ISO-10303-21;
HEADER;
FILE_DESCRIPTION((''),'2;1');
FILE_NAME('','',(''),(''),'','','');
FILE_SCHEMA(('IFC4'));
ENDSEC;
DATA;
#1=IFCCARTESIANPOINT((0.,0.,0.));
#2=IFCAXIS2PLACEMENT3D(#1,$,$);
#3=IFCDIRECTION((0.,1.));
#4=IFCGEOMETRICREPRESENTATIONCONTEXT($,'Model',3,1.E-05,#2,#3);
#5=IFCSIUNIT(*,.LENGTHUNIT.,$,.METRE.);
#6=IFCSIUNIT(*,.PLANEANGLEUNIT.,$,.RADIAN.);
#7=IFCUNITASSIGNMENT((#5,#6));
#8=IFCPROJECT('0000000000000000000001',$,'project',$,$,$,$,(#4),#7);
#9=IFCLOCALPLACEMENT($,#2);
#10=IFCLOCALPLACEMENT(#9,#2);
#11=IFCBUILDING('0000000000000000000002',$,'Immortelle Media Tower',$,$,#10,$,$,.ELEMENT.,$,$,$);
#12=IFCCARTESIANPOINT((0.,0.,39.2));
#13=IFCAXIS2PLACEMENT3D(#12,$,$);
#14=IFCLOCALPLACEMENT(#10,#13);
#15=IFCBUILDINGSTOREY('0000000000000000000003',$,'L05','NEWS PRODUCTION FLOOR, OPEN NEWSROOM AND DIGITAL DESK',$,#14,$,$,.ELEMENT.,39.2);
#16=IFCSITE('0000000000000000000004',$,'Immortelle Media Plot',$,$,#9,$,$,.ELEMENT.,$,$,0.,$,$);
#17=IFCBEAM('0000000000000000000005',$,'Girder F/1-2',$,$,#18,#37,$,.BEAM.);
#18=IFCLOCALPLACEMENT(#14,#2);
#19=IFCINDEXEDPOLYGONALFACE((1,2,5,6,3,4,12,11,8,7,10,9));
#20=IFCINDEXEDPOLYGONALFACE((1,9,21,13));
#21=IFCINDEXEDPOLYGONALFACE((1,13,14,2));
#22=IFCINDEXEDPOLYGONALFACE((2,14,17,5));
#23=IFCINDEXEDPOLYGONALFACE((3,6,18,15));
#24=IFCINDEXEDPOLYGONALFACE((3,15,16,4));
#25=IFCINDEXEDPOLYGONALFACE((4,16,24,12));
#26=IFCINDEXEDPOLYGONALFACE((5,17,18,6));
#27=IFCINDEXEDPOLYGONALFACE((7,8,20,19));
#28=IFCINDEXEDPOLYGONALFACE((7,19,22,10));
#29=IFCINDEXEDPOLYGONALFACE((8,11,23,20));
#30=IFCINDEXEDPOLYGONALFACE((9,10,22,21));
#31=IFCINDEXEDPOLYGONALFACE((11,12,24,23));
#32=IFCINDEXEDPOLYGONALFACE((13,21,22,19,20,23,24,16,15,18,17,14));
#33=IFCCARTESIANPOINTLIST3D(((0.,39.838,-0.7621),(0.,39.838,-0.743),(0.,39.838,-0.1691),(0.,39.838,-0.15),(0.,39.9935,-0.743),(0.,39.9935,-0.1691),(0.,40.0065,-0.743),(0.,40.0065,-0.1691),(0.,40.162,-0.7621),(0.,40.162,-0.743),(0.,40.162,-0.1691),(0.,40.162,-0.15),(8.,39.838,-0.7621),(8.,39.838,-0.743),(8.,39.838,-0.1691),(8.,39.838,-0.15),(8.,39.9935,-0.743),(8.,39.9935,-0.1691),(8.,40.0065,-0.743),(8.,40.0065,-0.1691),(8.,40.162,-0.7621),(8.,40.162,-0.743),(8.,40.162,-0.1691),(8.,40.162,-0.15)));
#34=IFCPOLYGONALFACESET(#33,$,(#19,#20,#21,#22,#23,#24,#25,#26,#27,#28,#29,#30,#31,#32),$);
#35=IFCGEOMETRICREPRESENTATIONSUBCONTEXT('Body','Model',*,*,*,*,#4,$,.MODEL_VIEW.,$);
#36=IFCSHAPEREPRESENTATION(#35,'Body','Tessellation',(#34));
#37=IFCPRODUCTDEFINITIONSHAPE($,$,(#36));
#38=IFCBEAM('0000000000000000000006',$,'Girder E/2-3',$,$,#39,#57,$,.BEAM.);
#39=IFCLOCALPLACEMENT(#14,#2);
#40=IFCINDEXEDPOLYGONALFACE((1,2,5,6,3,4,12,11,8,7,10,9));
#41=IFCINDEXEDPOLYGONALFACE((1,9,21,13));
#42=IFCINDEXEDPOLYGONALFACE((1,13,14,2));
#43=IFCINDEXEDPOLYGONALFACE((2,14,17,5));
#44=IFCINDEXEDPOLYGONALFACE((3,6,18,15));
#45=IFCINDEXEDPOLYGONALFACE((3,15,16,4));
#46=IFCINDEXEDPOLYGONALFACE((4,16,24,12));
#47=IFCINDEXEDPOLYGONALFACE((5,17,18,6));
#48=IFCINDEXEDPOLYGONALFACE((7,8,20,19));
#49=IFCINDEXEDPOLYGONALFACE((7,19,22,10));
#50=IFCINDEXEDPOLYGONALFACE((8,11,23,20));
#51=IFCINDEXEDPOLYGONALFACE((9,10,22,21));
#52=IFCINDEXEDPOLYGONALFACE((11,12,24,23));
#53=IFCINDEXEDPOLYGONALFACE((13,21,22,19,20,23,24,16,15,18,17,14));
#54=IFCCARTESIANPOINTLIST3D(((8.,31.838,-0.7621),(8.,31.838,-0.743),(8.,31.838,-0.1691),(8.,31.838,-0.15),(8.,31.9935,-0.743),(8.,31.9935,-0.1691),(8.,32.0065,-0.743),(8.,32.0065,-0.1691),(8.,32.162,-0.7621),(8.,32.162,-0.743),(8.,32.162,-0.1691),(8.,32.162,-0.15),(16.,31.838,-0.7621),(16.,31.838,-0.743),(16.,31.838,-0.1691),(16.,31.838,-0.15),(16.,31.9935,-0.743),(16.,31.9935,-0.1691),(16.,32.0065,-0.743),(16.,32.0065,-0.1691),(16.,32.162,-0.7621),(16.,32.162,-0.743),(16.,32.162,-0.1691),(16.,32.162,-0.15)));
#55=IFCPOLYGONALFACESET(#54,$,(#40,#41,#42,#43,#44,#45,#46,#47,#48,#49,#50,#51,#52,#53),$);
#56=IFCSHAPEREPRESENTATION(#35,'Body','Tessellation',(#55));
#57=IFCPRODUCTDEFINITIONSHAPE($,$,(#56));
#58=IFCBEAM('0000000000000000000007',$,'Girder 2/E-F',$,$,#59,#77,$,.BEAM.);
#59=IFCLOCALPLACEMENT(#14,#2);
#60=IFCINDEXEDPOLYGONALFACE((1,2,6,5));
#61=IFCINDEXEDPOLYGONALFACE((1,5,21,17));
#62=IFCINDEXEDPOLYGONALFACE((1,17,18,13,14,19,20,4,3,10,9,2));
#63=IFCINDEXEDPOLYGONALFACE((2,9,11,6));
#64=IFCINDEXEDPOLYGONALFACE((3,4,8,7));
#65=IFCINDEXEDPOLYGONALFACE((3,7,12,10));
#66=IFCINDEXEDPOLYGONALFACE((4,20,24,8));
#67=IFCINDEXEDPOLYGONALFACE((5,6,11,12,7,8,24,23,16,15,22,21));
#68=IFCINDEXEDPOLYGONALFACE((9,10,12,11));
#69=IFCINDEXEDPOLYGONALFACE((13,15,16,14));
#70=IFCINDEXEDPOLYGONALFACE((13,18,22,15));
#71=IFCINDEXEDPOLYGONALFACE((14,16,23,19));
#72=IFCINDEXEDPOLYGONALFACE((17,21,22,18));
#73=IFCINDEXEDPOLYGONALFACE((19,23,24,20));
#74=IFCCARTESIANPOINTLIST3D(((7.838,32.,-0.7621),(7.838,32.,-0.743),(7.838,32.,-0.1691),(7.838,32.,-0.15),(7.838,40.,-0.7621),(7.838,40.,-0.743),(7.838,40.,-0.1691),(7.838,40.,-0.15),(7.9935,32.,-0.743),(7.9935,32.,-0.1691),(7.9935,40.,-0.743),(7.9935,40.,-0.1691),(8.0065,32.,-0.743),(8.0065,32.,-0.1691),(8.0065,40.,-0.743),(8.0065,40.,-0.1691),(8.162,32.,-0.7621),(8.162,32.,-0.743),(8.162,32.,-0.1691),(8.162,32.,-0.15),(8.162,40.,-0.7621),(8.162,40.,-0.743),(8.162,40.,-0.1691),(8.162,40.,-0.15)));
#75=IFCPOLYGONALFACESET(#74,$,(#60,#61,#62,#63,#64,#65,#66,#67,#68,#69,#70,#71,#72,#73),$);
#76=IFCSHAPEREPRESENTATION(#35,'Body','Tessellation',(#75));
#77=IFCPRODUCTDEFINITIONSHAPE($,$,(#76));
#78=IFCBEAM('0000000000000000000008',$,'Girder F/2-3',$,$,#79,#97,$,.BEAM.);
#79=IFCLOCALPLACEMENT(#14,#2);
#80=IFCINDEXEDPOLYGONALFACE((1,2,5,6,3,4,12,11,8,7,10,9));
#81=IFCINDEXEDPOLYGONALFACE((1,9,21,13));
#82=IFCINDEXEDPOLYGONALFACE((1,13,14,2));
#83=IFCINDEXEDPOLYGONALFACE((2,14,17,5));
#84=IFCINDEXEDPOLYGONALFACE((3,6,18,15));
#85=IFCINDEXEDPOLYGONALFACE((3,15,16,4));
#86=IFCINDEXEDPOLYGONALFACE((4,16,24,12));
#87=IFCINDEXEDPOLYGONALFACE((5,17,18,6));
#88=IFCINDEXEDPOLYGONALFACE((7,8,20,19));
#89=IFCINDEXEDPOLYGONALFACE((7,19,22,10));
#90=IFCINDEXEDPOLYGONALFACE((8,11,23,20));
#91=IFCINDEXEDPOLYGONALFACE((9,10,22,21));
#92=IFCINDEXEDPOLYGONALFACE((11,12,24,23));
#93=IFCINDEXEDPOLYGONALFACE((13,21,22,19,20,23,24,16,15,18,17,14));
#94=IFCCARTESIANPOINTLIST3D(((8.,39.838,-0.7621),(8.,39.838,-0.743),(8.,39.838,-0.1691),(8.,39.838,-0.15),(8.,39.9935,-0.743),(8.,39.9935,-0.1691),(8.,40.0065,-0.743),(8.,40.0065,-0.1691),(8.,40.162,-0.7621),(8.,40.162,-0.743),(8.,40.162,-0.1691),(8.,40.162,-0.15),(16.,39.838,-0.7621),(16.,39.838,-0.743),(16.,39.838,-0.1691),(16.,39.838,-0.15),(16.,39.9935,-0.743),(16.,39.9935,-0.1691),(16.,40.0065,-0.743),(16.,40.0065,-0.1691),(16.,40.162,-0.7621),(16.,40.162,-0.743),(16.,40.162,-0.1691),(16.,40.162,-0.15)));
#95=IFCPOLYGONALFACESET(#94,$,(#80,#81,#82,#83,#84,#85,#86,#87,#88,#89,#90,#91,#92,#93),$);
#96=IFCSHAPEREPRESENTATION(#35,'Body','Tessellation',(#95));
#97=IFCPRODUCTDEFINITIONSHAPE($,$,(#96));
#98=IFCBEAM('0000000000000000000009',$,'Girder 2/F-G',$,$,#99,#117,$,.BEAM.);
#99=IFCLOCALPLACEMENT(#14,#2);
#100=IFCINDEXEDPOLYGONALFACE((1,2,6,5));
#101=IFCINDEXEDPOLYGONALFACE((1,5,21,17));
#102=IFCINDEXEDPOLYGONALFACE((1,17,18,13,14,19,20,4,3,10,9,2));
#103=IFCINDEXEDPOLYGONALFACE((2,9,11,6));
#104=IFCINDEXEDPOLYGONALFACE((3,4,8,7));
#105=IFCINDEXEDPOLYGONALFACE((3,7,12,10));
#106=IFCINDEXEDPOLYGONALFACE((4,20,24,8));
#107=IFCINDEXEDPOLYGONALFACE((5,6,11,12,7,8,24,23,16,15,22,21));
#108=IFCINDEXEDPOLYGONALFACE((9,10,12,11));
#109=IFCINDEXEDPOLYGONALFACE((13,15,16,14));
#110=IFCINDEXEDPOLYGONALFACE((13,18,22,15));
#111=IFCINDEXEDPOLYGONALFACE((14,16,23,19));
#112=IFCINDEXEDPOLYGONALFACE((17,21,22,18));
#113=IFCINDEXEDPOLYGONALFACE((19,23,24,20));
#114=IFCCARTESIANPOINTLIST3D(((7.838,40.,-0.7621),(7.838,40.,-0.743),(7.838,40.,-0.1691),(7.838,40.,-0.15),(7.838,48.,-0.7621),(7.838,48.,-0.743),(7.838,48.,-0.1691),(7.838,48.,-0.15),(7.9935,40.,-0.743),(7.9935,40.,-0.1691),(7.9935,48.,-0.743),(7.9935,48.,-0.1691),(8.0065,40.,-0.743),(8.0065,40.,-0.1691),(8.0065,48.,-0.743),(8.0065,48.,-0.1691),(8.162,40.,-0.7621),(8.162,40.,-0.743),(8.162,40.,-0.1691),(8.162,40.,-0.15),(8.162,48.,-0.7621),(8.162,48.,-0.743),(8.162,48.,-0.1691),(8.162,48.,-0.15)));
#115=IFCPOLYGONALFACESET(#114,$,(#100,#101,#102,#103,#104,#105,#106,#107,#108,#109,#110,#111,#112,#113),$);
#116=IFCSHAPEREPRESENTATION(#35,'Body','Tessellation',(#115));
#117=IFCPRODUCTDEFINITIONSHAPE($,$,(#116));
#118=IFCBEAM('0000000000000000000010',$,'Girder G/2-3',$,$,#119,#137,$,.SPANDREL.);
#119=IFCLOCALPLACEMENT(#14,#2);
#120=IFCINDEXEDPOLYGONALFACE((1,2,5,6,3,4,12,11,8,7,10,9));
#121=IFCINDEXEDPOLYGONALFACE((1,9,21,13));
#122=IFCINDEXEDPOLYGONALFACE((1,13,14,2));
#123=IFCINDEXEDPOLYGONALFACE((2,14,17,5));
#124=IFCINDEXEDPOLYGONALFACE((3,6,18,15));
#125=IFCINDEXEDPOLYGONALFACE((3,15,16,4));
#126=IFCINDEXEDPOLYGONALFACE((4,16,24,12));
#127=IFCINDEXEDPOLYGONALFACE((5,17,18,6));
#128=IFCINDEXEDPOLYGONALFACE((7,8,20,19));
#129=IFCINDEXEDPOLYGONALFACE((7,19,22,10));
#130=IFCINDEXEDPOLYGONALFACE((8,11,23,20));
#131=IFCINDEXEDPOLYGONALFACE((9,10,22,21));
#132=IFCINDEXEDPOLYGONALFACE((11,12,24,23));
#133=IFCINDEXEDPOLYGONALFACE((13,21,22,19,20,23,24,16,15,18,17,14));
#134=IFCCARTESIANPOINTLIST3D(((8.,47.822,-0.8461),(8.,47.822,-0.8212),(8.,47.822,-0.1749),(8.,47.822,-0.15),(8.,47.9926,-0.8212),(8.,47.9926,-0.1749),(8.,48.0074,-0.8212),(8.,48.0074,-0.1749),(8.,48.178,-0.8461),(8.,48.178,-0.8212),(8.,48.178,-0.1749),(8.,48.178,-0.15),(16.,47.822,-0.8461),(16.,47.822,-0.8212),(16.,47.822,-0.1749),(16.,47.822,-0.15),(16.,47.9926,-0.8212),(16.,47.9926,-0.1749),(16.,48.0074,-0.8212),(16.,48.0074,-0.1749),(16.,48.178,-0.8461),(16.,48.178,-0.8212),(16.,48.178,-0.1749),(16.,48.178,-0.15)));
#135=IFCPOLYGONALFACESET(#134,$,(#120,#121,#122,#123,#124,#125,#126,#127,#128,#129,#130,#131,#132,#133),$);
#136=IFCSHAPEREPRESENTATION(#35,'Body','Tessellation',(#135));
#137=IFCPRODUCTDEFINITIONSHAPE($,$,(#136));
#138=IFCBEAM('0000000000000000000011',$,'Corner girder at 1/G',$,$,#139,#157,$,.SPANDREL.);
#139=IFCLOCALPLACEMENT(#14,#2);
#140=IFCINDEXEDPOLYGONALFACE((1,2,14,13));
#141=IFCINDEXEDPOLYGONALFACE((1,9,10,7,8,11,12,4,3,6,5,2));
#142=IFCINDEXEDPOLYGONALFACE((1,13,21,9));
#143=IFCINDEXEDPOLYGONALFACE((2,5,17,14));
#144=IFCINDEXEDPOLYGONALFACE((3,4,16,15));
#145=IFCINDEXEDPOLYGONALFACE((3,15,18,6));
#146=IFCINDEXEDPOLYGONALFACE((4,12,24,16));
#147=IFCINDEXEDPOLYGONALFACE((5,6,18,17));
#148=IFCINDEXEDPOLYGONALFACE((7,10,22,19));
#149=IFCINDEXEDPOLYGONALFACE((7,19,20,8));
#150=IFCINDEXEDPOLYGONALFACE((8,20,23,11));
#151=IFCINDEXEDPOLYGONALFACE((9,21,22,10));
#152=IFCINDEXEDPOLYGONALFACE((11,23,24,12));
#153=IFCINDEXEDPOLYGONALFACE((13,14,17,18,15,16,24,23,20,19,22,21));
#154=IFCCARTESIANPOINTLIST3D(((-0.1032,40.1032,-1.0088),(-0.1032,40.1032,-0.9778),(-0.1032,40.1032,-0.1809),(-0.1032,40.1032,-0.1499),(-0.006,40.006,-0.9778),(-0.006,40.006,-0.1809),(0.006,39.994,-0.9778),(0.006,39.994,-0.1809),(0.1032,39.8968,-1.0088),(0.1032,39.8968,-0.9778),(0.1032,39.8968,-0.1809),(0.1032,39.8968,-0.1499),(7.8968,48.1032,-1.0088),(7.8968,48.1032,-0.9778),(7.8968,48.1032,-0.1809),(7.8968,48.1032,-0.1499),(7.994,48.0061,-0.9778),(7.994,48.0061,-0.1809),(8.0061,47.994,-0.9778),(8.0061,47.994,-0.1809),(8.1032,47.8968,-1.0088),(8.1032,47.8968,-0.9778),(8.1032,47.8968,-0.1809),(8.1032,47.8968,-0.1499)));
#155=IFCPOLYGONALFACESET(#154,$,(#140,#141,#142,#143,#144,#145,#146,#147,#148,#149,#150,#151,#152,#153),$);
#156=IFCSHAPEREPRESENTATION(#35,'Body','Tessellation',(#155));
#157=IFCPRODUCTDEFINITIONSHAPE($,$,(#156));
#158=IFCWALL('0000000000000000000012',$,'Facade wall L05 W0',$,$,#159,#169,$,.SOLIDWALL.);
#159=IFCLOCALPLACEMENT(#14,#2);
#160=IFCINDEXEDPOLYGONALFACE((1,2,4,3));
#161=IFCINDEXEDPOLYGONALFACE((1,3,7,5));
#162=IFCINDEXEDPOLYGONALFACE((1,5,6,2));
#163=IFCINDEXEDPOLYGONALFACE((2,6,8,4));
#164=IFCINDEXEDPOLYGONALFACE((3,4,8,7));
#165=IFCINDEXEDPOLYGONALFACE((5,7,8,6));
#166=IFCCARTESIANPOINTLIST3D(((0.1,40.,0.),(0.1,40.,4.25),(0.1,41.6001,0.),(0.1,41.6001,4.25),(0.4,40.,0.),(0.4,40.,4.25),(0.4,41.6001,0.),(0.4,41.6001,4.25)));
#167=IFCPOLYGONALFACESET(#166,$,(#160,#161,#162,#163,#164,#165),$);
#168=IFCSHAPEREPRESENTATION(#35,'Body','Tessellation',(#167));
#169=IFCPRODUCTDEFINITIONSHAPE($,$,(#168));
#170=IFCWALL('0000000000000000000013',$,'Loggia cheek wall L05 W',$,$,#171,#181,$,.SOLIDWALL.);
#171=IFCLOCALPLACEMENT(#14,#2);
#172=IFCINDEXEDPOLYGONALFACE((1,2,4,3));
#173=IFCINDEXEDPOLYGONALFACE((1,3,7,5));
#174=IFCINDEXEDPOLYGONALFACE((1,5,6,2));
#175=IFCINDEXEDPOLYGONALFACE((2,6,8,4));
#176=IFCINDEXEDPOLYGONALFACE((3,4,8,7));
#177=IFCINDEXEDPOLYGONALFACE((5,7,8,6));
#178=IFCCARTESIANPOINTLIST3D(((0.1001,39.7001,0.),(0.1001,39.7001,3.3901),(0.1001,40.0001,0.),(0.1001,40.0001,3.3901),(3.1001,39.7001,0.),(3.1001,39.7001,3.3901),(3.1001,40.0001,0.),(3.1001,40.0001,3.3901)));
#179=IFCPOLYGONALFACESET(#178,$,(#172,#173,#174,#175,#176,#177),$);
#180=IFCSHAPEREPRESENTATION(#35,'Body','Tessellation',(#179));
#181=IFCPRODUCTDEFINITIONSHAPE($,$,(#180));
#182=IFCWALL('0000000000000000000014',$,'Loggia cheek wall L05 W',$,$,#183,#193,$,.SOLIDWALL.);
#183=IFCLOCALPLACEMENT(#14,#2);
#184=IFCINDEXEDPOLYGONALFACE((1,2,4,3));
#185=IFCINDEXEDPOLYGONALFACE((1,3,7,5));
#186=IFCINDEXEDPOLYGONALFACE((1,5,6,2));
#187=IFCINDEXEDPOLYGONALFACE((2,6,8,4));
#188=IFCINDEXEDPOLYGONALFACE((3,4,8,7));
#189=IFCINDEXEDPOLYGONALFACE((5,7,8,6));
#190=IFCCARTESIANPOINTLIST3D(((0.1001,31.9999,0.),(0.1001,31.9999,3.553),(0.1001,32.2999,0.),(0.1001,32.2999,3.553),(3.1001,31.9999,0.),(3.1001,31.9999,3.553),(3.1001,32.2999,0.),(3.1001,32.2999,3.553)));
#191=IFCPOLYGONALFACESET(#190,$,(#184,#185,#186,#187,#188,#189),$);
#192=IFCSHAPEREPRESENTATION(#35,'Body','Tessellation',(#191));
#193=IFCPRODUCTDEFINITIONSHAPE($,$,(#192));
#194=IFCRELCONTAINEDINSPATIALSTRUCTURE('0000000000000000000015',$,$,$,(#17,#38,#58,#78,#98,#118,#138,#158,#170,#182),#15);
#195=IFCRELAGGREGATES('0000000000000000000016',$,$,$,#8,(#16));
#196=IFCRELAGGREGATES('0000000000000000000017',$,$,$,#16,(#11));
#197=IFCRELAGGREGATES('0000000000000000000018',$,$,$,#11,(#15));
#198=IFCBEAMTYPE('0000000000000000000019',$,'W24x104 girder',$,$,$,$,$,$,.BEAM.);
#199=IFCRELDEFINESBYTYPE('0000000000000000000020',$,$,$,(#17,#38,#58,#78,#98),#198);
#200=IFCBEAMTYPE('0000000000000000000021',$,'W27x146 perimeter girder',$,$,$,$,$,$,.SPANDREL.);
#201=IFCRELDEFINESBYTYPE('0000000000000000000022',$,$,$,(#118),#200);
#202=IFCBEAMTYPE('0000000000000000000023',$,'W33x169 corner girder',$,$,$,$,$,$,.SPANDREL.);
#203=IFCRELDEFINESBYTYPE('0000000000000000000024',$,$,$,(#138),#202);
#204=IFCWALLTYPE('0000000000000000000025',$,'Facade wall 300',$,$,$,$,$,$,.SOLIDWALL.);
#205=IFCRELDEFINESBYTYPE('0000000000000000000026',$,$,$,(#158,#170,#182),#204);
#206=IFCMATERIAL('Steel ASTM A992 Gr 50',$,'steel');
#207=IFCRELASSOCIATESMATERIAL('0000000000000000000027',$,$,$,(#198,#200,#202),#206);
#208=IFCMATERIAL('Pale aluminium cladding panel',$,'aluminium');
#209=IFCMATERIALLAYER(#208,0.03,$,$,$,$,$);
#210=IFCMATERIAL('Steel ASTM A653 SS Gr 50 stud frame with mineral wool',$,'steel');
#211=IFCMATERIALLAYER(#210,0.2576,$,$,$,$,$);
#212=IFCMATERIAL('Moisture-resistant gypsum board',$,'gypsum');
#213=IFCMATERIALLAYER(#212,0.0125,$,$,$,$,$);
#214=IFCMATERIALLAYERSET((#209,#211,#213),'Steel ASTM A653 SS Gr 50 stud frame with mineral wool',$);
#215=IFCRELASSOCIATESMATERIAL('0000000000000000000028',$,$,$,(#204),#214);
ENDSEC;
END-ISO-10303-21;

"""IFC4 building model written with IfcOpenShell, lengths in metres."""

from ifc_helpers import new_model, si_unit, direction, frame, frame_2d, origin, origin_2d, place, context, subcontext, project, spatial, rectangle, i_section, extrude, material, layer, layer_set, material_profile, profile_set, type_object, element, save


model = new_model("IFC4")

# Units and contexts
model_context = context("Model", 3, precision=1e-05, world=origin(), true_north=direction((0.0, 1.0)))
body_context = subcontext(model_context, "Body", "Model", "MODEL_VIEW")
ifc_project = project(units=[si_unit("LENGTHUNIT", "METRE"), si_unit("PLANEANGLEUNIT", "RADIAN")], contexts=[model_context])

# Site, building, storey
site_placement = place(None, origin())
site = spatial("IfcSite", under=ifc_project, at=site_placement, Name="Immortelle Media Plot", CompositionType="ELEMENT", RefElevation=0.0)
building_placement = place(site_placement, origin())
building = spatial("IfcBuilding", under=site, at=building_placement, Name="Immortelle Media Tower", CompositionType="ELEMENT")
storey_placement = place(building_placement, frame((0.0, 0.0, 39.2)))
storey = spatial("IfcBuildingStorey", under=building, at=storey_placement, Name="L05", Description="NEWS PRODUCTION FLOOR, OPEN NEWSROOM AND DIGITAL DESK", CompositionType="ELEMENT", Elevation=39.2)

# Shared definitions
ifc_material_1 = material(Name="Steel ASTM A992 Gr 50", Category="steel")

# Beams
ifc_material_profile_1 = material_profile(ifc_material_1, i_section(OverallWidth=0.324, OverallDepth=0.6121, WebThickness=0.0129, FlangeThickness=0.019, at=origin_2d()), Name="W24x104")
ifc_profile_set_1 = profile_set([ifc_material_profile_1], Name="Steel ASTM A992 Gr 50")
beam_type_1 = type_object("IfcBeamType", Name="W24x104 girder", PredefinedType="BEAM", material=ifc_profile_set_1)
for number, where, z_axis, x_axis, name in (
    (1, (0.0, 40.0, -0.4561), (1.0, 0.0, 0.0), (0.0, 1.0, 0.0), "Girder F/1-2"),
    (2, (8.0, 32.0, -0.4561), (1.0, 0.0, 0.0), (0.0, 1.0, 0.0), "Girder E/2-3"),
    (3, (8.0, 32.0, -0.4561), (0.0, 1.0, 0.0), (-1.0, 0.0, 0.0), "Girder 2/E-F"),
    (4, (8.0, 40.0, -0.4561), (1.0, 0.0, 0.0), (0.0, 1.0, 0.0), "Girder F/2-3"),
    (5, (8.0, 40.0, -0.4561), (0.0, 1.0, 0.0), (-1.0, 0.0, 0.0), "Girder 2/F-G"),
):
    element("IfcBeam", number, at=place(storey_placement, frame(where, z_axis=z_axis, x_axis=x_axis)), inside=storey, type_object=beam_type_1, Name=name, PredefinedType="BEAM", context=body_context, shape_type="SweptSolid", body=[
        extrude(i_section(OverallWidth=0.324, OverallDepth=0.6121, WebThickness=0.0129, FlangeThickness=0.019, at=origin_2d()), origin(), (0.0, 0.0, 1.0), 8.0),
    ])
ifc_material_profile_2 = material_profile(ifc_material_1, i_section(OverallWidth=0.356, OverallDepth=0.696, WebThickness=0.0149, FlangeThickness=0.0249, at=origin_2d()), Name="W27x146")
ifc_profile_set_2 = profile_set([ifc_material_profile_2], Name="Steel ASTM A992 Gr 50")
beam_type_2 = type_object("IfcBeamType", Name="W27x146 perimeter girder", PredefinedType="SPANDREL", material=ifc_profile_set_2)
beam_1_placement = place(storey_placement, frame((8.0, 48.0, -0.498), z_axis=(1.0, 0.0, 0.0), x_axis=(0.0, 1.0, 0.0)))
element("IfcBeam", 6, at=beam_1_placement, inside=storey, type_object=beam_type_2, Name="Girder G/2-3", PredefinedType="SPANDREL", context=body_context, shape_type="SweptSolid", body=[
    extrude(i_section(OverallWidth=0.356, OverallDepth=0.696, WebThickness=0.0149, FlangeThickness=0.0249, at=origin_2d()), origin(), (0.0, 0.0, 1.0), 8.0),
])
ifc_material_profile_3 = material_profile(ifc_material_1, i_section(OverallWidth=0.292, OverallDepth=0.8589, WebThickness=0.0171, FlangeThickness=0.031, at=origin_2d()), Name="W33x169")
ifc_profile_set_3 = profile_set([ifc_material_profile_3], Name="Steel ASTM A992 Gr 50")
beam_type_3 = type_object("IfcBeamType", Name="W33x169 corner girder", PredefinedType="SPANDREL", material=ifc_profile_set_3)
beam_2_placement = place(storey_placement, frame((0.0, 40.0, -0.5793), z_axis=(0.707107, 0.707107, 0.0), x_axis=(-0.707107, 0.707107, 0.0)))
element("IfcBeam", 7, at=beam_2_placement, inside=storey, type_object=beam_type_3, Name="Corner girder at 1/G", PredefinedType="SPANDREL", context=body_context, shape_type="SweptSolid", body=[
    extrude(i_section(OverallWidth=0.292, OverallDepth=0.8589, WebThickness=0.0171, FlangeThickness=0.031, at=origin_2d()), origin(), (0.0, 0.0, 1.0), 11.3137),
])

# Wall
ifc_material_2 = material(Name="Pale aluminium cladding panel", Category="aluminium")
ifc_layer_1 = layer(ifc_material_2, 0.03)
ifc_material_3 = material(Name="Steel ASTM A653 SS Gr 50 stud frame with mineral wool", Category="steel")
ifc_layer_2 = layer(ifc_material_3, 0.2576)
ifc_material_4 = material(Name="Moisture-resistant gypsum board", Category="gypsum")
ifc_layer_3 = layer(ifc_material_4, 0.0125)
ifc_layer_set_1 = layer_set([ifc_layer_1, ifc_layer_2, ifc_layer_3], Name="Steel ASTM A653 SS Gr 50 stud frame with mineral wool")
wall_type = type_object("IfcWallType", Name="Facade wall 300", PredefinedType="SOLIDWALL", material=ifc_layer_set_1)
wall_1_placement = place(storey_placement, frame((0.25, 41.6001, 0.0), z_axis=(0.0, 0.0, 1.0), x_axis=(0.0, -1.0, 0.0)))
element("IfcWall", 8, at=wall_1_placement, inside=storey, type_object=wall_type, Name="Facade wall L05 W0", PredefinedType="SOLIDWALL", context=body_context, shape_type="SweptSolid", body=[
    extrude(rectangle(XDim=1.6001, YDim=0.3, at=frame_2d((0.8, 0.0))), origin(), (0.0, 0.0, 1.0), 4.25),
])

# Walls
wall_2_placement = place(storey_placement, frame((0.1001, 39.8501, 0.0), z_axis=(0.0, 0.0, 1.0), x_axis=(1.0, 0.0, 0.0)))
element("IfcWall", 9, at=wall_2_placement, inside=storey, type_object=wall_type, Name="Loggia cheek wall L05 W", PredefinedType="SOLIDWALL", context=body_context, shape_type="SweptSolid", body=[
    extrude(rectangle(XDim=3.0, YDim=0.3, at=frame_2d((1.5, 0.0))), origin(), (0.0, 0.0, 1.0), 3.3901),
])
wall_3_placement = place(storey_placement, frame((0.1001, 32.1499, 0.0), z_axis=(0.0, 0.0, 1.0), x_axis=(1.0, 0.0, 0.0)))
element("IfcWall", 10, at=wall_3_placement, inside=storey, type_object=wall_type, Name="Loggia cheek wall L05 W", PredefinedType="SOLIDWALL", context=body_context, shape_type="SweptSolid", body=[
    extrude(rectangle(XDim=3.0, YDim=0.3, at=frame_2d((1.5, 0.0))), origin(), (0.0, 0.0, 1.0), 3.553),
])

save(model, "model.ifc")
